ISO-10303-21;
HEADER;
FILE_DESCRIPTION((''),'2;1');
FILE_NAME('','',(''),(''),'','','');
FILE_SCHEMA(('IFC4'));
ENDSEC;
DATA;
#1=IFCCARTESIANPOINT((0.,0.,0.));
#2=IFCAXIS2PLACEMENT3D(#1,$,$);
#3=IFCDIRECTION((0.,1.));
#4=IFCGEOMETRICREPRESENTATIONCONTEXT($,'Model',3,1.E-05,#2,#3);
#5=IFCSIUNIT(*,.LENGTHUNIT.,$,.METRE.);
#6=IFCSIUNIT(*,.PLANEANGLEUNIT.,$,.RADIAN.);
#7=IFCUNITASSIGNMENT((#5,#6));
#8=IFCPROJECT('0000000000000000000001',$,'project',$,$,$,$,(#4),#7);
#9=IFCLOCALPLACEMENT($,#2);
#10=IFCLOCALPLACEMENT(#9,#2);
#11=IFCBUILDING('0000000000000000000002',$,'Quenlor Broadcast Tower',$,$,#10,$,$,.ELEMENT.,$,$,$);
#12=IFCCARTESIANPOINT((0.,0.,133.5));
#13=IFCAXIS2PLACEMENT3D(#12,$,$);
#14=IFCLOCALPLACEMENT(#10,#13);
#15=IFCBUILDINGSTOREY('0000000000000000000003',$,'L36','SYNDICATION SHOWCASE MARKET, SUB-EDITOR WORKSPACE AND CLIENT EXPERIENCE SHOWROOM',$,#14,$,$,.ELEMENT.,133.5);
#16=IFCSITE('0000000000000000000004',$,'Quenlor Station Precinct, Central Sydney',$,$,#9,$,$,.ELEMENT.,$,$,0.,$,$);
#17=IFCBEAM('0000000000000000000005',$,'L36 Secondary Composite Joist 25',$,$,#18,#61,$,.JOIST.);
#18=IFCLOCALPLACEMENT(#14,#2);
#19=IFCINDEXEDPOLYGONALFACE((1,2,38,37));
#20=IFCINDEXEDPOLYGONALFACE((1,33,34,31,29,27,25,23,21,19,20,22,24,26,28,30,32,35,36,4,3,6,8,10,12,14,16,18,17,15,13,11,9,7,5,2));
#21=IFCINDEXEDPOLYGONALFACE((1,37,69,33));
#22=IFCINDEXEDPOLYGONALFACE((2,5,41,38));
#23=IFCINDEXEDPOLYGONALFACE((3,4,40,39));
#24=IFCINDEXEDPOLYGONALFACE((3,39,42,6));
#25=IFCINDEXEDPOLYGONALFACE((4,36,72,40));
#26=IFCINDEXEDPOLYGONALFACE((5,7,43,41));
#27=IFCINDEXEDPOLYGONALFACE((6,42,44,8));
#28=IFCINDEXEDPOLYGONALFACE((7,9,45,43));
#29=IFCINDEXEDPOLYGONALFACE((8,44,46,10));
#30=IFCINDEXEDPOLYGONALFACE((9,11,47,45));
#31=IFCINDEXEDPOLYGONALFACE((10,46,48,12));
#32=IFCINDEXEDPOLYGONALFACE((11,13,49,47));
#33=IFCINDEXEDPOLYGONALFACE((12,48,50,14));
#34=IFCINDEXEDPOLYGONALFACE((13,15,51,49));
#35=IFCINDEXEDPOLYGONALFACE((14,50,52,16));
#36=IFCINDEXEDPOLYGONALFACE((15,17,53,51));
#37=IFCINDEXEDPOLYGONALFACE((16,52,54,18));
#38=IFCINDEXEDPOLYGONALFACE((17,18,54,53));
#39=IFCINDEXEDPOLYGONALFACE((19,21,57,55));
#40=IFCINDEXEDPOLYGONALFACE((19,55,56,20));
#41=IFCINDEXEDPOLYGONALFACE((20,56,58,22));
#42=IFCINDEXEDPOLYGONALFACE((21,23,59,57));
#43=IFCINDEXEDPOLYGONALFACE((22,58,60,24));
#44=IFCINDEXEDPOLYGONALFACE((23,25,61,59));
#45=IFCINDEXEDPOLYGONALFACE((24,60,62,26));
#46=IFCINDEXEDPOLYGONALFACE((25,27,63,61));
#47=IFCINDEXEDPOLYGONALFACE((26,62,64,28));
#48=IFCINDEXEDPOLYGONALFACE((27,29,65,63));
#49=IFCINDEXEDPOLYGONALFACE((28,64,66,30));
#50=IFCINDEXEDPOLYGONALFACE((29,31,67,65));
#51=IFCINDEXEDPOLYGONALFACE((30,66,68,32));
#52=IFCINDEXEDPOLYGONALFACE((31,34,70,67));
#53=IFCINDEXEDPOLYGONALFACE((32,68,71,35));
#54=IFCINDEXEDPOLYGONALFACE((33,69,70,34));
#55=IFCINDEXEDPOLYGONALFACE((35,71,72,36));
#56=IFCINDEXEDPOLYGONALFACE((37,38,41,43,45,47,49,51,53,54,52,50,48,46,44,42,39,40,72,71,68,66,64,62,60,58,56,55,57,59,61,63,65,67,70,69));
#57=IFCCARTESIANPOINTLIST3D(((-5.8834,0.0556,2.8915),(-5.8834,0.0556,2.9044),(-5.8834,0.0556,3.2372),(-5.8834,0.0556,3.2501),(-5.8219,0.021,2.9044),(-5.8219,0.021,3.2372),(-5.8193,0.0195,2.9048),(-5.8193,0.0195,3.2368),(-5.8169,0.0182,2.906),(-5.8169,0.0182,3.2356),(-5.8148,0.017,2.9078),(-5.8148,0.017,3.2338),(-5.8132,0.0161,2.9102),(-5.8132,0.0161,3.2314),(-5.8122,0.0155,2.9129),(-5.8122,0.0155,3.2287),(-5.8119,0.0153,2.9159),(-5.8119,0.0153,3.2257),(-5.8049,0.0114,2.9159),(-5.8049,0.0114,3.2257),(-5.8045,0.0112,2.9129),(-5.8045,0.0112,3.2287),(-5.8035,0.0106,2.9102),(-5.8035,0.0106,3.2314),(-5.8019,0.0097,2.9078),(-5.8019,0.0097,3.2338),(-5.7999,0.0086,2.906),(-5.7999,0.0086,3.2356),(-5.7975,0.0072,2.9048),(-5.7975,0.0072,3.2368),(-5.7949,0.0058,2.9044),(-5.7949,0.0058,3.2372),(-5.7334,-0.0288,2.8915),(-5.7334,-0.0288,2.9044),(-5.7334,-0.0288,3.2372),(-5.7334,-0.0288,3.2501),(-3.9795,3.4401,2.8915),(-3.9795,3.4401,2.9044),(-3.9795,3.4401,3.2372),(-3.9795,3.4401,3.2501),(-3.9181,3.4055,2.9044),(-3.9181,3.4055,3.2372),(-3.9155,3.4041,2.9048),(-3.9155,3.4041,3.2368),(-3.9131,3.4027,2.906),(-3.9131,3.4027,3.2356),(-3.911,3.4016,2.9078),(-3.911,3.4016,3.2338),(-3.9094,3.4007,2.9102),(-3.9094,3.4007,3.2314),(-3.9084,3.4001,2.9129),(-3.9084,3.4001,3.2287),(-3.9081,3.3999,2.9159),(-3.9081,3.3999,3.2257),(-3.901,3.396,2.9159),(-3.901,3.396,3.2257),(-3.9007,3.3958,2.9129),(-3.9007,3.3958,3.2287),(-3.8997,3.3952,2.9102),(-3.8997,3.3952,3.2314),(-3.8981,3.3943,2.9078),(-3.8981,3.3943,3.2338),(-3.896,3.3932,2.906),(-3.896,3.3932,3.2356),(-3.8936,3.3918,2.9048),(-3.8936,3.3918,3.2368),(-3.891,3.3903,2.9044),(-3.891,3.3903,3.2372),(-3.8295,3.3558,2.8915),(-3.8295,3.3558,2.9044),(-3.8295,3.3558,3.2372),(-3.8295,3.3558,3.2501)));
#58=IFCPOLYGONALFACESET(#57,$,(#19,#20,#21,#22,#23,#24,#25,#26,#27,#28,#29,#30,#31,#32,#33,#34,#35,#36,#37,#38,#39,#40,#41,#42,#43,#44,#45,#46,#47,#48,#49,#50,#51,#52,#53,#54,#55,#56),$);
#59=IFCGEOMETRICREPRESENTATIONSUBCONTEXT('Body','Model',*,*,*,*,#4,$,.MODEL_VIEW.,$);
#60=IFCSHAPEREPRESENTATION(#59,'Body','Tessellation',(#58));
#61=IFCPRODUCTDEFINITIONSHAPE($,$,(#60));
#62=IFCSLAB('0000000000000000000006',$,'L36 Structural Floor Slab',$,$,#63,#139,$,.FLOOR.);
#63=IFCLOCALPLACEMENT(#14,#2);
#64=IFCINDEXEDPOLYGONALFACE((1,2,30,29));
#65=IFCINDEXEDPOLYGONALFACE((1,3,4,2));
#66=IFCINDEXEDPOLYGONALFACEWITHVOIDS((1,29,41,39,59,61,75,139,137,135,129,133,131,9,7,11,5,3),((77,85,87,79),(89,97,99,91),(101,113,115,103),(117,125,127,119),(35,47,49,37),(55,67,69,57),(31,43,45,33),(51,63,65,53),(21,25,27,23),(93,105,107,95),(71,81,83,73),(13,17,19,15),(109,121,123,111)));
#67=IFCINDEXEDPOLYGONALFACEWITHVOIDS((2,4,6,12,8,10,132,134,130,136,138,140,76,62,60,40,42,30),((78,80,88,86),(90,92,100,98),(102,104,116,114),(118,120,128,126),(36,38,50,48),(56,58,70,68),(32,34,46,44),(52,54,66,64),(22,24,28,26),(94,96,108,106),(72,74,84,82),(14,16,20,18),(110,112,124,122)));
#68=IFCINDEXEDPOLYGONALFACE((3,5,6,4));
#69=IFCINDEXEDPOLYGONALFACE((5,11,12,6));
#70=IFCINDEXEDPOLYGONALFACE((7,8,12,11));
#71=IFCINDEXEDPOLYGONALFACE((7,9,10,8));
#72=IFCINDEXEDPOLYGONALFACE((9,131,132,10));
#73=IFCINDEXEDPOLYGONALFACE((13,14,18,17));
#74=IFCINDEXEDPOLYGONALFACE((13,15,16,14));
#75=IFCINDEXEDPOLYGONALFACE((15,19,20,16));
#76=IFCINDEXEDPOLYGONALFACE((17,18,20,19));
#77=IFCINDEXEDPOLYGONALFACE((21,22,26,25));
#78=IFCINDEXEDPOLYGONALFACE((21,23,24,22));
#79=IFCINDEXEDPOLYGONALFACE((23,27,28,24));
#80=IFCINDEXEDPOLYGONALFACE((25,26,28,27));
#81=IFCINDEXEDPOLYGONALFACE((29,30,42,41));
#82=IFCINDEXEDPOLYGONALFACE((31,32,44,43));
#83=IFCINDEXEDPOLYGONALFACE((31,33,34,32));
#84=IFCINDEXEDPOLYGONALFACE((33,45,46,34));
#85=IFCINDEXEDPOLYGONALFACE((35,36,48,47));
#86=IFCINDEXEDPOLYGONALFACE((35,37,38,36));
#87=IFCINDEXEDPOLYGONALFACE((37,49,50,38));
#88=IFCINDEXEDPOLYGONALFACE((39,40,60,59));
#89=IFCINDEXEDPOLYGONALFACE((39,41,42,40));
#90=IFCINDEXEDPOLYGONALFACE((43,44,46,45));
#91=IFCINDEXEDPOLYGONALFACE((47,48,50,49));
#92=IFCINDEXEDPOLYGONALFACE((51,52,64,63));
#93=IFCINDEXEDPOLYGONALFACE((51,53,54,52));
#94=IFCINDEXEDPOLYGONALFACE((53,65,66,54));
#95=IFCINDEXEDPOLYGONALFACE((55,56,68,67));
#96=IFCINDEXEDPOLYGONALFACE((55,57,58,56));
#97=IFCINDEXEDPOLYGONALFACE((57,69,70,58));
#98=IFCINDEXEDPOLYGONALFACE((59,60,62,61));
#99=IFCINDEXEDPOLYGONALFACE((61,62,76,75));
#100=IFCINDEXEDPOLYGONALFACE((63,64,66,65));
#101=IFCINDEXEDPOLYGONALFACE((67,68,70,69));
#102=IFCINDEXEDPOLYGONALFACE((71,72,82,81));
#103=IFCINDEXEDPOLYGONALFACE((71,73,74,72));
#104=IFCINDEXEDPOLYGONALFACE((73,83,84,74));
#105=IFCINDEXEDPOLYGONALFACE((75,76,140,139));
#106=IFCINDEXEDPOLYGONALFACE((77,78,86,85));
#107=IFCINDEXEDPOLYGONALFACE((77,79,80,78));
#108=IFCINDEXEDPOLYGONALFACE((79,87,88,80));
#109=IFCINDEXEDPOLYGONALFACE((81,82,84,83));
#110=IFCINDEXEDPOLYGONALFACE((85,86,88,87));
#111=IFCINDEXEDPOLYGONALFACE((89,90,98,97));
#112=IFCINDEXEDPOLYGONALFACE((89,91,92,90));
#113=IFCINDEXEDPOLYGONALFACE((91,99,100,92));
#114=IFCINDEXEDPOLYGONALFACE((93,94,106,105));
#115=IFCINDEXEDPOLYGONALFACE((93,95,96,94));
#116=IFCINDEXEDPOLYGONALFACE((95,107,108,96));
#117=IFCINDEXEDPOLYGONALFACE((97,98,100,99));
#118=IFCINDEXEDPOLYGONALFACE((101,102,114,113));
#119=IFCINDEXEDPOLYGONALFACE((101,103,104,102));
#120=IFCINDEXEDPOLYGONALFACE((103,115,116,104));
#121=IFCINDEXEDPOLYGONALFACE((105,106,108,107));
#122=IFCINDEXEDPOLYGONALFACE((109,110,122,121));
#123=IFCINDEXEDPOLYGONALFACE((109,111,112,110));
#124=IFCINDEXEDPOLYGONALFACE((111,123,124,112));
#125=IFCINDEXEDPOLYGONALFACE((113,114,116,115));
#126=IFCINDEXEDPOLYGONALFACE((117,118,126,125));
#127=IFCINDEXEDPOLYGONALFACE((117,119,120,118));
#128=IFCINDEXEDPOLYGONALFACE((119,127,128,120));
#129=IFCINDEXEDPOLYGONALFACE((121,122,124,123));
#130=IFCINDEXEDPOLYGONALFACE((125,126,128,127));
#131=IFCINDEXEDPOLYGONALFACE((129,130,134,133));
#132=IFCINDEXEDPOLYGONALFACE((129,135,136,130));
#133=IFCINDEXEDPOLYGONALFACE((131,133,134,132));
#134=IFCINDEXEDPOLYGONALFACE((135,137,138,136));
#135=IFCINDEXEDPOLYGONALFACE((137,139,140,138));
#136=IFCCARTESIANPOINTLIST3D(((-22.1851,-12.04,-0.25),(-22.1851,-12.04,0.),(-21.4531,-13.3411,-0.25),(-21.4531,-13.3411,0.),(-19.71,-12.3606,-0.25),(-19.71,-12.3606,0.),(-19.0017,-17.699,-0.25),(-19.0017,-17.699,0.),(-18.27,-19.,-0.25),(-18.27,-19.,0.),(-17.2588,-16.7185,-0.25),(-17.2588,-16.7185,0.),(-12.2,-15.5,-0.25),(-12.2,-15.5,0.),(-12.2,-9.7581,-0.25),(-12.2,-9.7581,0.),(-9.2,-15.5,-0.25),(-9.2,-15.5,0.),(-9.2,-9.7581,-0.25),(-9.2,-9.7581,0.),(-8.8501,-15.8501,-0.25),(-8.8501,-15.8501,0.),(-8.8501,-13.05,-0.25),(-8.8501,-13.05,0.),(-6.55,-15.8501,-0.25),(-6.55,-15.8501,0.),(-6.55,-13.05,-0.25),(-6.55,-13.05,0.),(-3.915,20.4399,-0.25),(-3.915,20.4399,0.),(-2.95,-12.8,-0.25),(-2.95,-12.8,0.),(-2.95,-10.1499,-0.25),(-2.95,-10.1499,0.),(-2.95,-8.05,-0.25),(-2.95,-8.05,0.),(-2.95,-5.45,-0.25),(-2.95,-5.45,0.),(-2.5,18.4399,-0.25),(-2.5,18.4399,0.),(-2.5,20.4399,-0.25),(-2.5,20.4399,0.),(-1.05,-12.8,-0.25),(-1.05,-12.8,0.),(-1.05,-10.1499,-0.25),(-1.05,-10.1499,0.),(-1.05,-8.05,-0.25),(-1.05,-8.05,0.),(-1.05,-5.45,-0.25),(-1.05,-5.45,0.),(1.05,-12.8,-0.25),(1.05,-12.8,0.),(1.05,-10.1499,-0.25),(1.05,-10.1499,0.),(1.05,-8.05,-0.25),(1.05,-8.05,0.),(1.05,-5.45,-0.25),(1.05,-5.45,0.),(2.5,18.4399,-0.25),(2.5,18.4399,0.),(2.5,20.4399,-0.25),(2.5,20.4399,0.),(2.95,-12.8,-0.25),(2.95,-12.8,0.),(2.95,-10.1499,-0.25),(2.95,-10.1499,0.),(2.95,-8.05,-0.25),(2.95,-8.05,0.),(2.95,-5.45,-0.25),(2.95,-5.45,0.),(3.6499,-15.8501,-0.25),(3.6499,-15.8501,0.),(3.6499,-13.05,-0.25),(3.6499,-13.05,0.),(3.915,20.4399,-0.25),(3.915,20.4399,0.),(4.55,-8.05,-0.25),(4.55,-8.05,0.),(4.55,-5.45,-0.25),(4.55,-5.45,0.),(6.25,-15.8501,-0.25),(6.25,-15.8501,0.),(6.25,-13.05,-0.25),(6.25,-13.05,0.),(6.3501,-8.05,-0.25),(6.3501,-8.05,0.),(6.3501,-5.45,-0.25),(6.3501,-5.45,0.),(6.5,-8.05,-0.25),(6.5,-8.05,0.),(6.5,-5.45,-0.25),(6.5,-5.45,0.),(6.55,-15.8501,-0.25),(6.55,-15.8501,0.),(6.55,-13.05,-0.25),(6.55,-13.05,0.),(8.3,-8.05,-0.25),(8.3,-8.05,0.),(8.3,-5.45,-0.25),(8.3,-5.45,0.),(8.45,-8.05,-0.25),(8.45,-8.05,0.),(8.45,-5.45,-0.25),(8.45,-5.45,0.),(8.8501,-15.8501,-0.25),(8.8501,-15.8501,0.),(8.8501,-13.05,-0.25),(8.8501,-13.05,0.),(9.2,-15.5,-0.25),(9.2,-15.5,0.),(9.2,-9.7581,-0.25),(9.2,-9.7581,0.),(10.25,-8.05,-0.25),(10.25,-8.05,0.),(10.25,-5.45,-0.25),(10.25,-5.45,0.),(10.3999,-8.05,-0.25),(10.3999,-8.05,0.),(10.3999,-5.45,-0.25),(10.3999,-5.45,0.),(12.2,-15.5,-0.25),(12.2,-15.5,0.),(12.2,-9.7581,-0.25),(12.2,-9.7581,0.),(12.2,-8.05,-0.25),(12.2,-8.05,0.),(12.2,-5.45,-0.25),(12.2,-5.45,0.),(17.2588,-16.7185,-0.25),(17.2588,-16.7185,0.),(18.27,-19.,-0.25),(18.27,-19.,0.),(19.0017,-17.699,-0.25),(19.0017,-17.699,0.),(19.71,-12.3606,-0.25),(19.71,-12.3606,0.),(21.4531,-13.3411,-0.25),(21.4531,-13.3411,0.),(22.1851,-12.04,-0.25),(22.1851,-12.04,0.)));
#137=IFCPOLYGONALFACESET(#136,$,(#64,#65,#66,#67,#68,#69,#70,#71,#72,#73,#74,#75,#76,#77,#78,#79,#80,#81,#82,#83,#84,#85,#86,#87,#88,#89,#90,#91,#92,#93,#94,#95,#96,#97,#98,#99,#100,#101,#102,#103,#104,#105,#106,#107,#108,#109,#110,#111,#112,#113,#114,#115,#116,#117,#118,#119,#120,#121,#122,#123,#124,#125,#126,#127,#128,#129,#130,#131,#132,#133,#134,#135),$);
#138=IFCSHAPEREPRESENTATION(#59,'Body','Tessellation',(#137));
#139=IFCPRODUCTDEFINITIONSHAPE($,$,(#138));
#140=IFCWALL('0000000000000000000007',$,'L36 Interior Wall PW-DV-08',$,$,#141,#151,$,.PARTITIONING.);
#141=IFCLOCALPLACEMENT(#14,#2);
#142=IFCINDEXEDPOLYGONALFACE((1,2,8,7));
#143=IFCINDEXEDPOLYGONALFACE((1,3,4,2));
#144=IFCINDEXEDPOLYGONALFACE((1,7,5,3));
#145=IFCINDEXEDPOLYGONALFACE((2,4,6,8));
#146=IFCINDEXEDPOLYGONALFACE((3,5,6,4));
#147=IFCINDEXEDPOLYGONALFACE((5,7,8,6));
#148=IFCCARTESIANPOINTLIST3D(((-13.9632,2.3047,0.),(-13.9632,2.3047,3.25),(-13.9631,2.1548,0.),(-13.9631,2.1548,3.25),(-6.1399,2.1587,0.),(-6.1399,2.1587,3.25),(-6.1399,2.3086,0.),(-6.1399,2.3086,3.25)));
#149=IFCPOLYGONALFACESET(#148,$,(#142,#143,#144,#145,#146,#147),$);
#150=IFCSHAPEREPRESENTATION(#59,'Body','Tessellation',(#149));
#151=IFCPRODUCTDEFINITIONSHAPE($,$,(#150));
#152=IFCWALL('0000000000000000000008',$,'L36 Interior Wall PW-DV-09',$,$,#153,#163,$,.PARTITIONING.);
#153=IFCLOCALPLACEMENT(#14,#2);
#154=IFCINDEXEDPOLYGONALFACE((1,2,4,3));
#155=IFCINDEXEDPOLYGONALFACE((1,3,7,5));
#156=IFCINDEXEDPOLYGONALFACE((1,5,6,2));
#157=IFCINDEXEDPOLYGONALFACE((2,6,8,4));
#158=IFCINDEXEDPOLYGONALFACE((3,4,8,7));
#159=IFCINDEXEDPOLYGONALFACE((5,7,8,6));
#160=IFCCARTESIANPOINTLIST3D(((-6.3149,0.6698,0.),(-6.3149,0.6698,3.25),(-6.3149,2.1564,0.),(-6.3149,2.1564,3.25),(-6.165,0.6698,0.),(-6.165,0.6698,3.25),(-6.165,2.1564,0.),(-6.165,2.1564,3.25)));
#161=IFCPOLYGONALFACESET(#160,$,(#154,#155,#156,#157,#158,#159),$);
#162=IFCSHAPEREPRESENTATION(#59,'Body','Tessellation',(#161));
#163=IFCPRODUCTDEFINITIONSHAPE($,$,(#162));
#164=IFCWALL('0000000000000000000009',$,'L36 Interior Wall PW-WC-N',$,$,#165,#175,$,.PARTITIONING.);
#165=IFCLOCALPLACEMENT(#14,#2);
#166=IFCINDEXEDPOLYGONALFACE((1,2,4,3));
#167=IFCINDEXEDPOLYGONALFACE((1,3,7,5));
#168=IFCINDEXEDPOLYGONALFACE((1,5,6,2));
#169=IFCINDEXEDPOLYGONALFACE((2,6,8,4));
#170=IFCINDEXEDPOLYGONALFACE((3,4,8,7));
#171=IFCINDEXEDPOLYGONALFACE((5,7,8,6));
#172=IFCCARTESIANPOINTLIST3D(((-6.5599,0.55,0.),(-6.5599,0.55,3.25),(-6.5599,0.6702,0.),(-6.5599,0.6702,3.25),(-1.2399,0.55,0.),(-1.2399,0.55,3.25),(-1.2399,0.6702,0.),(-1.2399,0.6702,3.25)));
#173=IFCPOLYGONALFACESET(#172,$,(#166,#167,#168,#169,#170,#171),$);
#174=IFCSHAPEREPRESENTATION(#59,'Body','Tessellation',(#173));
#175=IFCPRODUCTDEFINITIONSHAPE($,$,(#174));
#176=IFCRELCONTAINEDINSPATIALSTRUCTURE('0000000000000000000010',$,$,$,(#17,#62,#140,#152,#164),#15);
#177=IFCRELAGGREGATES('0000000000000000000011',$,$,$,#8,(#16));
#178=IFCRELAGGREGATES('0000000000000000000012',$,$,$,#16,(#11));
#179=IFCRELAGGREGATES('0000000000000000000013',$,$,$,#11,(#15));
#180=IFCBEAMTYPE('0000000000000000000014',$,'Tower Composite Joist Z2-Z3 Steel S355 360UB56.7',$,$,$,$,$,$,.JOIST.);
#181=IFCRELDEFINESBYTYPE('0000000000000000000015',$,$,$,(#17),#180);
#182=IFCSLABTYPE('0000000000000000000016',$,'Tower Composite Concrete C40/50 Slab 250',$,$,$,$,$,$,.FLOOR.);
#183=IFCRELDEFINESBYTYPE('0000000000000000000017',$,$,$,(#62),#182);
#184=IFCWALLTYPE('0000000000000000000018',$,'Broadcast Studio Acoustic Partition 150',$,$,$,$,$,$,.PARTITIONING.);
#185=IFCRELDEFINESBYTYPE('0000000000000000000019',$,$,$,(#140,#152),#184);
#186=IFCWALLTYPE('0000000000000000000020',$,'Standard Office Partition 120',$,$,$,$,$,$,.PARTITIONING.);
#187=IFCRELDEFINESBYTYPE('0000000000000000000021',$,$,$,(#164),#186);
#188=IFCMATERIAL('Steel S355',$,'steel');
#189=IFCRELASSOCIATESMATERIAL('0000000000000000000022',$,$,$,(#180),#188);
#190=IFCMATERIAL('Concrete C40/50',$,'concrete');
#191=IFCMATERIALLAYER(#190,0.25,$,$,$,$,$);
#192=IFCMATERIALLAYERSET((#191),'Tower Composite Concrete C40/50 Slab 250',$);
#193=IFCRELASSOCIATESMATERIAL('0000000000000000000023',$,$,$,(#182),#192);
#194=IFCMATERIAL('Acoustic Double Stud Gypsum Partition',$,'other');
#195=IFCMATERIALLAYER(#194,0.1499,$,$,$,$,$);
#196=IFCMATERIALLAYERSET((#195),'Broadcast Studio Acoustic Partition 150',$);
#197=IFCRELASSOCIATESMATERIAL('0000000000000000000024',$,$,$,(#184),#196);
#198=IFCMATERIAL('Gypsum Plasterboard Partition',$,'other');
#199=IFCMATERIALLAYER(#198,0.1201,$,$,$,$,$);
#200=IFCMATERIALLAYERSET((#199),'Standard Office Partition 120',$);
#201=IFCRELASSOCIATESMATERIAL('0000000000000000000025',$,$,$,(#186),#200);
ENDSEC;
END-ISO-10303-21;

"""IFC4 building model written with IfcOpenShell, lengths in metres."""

from ifc_helpers import new_model, si_unit, direction, frame, frame_2d, origin, origin_2d, place, context, subcontext, project, spatial, polyline, rectangle, i_section, outline, extrude, material, layer, layer_set, material_profile, profile_set, type_object, element, save


model = new_model("IFC4")

# Units and contexts
model_context = context("Model", 3, precision=1e-05, world=origin(), true_north=direction((0.0, 1.0)))
body_context = subcontext(model_context, "Body", "Model", "MODEL_VIEW")
ifc_project = project(units=[si_unit("LENGTHUNIT", "METRE"), si_unit("PLANEANGLEUNIT", "RADIAN")], contexts=[model_context])

# Site, building, storey
site_placement = place(None, origin())
site = spatial("IfcSite", under=ifc_project, at=site_placement, Name="Quenlor Station Precinct, Central Sydney", CompositionType="ELEMENT", RefElevation=0.0)
building_placement = place(site_placement, origin())
building = spatial("IfcBuilding", under=site, at=building_placement, Name="Quenlor Broadcast Tower", CompositionType="ELEMENT")
storey_placement = place(building_placement, frame((0.0, 0.0, 133.5)))
storey = spatial("IfcBuildingStorey", under=building, at=storey_placement, Name="L36", Description="SYNDICATION SHOWCASE MARKET, SUB-EDITOR WORKSPACE AND CLIENT EXPERIENCE SHOWROOM", CompositionType="ELEMENT", Elevation=133.5)

# Beam
ifc_material_1 = material(Name="Steel S355", Category="steel")
ifc_material_profile = material_profile(ifc_material_1, i_section(OverallWidth=0.1721, OverallDepth=0.3586, WebThickness=0.0081, FlangeThickness=0.0129, FilletRadius=0.0115, at=origin_2d()))
ifc_profile_set = profile_set([ifc_material_profile], Name="Steel S355 360UB56.7")
beam_type = type_object("IfcBeamType", Name="Tower Composite Joist Z2-Z3 Steel S355 360UB56.7", PredefinedType="JOIST", material=ifc_profile_set)
beam_1_placement = place(storey_placement, frame((-3.9045, 3.3979, 3.0708), z_axis=(-0.490264, -0.871574, 0.0), x_axis=(0.871574, -0.490264, 0.0)))
element("IfcBeam", 1, at=beam_1_placement, inside=storey, type_object=beam_type, Name="L36 Secondary Composite Joist 25", PredefinedType="JOIST", context=body_context, shape_type="SweptSolid", body=[
    extrude(i_section(OverallWidth=0.1721, OverallDepth=0.3586, WebThickness=0.0081, FlangeThickness=0.0129, FilletRadius=0.0115, at=origin_2d()), origin(), (0.0, 0.0, 1.0), 3.8833),
])

# Slab
ifc_material_2 = material(Name="Concrete C40/50", Category="concrete")
ifc_layer_1 = layer(ifc_material_2, 0.25)
ifc_layer_set_1 = layer_set([ifc_layer_1], Name="Tower Composite Concrete C40/50 Slab 250")
slab_type = type_object("IfcSlabType", Name="Tower Composite Concrete C40/50 Slab 250", PredefinedType="FLOOR", material=ifc_layer_set_1)
slab_placement = place(storey_placement, frame((0.0, 0.0, -0.25)))
element("IfcSlab", 2, at=slab_placement, inside=storey, type_object=slab_type, Name="L36 Structural Floor Slab", PredefinedType="FLOOR", context=body_context, shape_type="SweptSolid", body=[
    extrude(outline(polyline([(18.27, -19.0), (19.0017, -17.699), (17.2588, -16.7185), (19.71, -12.3606), (21.4531, -13.3411), (22.1851, -12.04), (3.915, 20.4399), (2.5, 20.4399), (2.5, 18.4399), (-2.5, 18.4399), (-2.5, 20.4399), (-3.915, 20.4399), (-22.1851, -12.04), (-21.4531, -13.3411), (-19.71, -12.3606), (-17.2588, -16.7185), (-19.0017, -17.699), (-18.27, -19.0), (18.27, -19.0)]), holes=[polyline([(-12.2, -9.7581), (-12.2, -15.5), (-9.2, -15.5), (-9.2, -9.7581), (-12.2, -9.7581)]), polyline([(9.2, -9.7581), (9.2, -15.5), (12.2, -15.5), (12.2, -9.7581), (9.2, -9.7581)]), polyline([(-2.95, -8.05), (-1.05, -8.05), (-1.05, -5.45), (-2.95, -5.45), (-2.95, -8.05)]), polyline([(1.05, -8.05), (2.95, -8.05), (2.95, -5.45), (1.05, -5.45), (1.05, -8.05)]), polyline([(-2.95, -12.8), (-1.05, -12.8), (-1.05, -10.1499), (-2.95, -10.1499), (-2.95, -12.8)]), polyline([(1.05, -12.8), (2.95, -12.8), (2.95, -10.1499), (1.05, -10.1499), (1.05, -12.8)]), polyline([(4.55, -8.05), (6.3501, -8.05), (6.3501, -5.45), (4.55, -5.45), (4.55, -8.05)]), polyline([(6.5, -8.05), (8.3, -8.05), (8.3, -5.45), (6.5, -5.45), (6.5, -8.05)]), polyline([(8.45, -8.05), (10.25, -8.05), (10.25, -5.45), (8.45, -5.45), (8.45, -8.05)]), polyline([(10.3999, -8.05), (12.2, -8.05), (12.2, -5.45), (10.3999, -5.45), (10.3999, -8.05)]), polyline([(-8.8501, -15.8501), (-6.55, -15.8501), (-6.55, -13.05), (-8.8501, -13.05), (-8.8501, -15.8501)]), polyline([(6.55, -15.8501), (8.8501, -15.8501), (8.8501, -13.05), (6.55, -13.05), (6.55, -15.8501)]), polyline([(3.6499, -15.8501), (6.25, -15.8501), (6.25, -13.05), (3.6499, -13.05), (3.6499, -15.8501)])]), origin(), (0.0, 0.0, 1.0), 0.25),
])

# Walls
ifc_material_3 = material(Name="Acoustic Double Stud Gypsum Partition", Category="other")
ifc_layer_2 = layer(ifc_material_3, 0.1499)
ifc_layer_set_2 = layer_set([ifc_layer_2], Name="Broadcast Studio Acoustic Partition 150")
wall_type_1 = type_object("IfcWallType", Name="Broadcast Studio Acoustic Partition 150", PredefinedType="PARTITIONING", material=ifc_layer_set_2)
wall_1_placement = place(storey_placement, frame((-6.1399, 2.2336, 0.0), z_axis=(0.0, 0.0, 1.0), x_axis=(-1.0, -0.000499, 0.0)))
element("IfcWall", 3, at=wall_1_placement, inside=storey, type_object=wall_type_1, Name="L36 Interior Wall PW-DV-08", PredefinedType="PARTITIONING", context=body_context, shape_type="SweptSolid", body=[
    extrude(rectangle(XDim=7.8232, YDim=0.1499, at=frame_2d((3.9116, 0.0))), origin(), (0.0, 0.0, 1.0), 3.25),
])
wall_2_placement = place(storey_placement, frame((-6.24, 0.6699, 0.0), z_axis=(0.0, 0.0, 1.0), x_axis=(0.0, 1.0, 0.0)))
element("IfcWall", 4, at=wall_2_placement, inside=storey, type_object=wall_type_1, Name="L36 Interior Wall PW-DV-09", PredefinedType="PARTITIONING", context=body_context, shape_type="SweptSolid", body=[
    extrude(rectangle(XDim=1.4866, YDim=0.1499, at=frame_2d((0.7432, 0.0))), origin(), (0.0, 0.0, 1.0), 3.25),
])

# Shared definitions
ifc_material_4 = material(Name="Gypsum Plasterboard Partition", Category="other")
ifc_layer_3 = layer(ifc_material_4, 0.1201)
ifc_layer_set_3 = layer_set([ifc_layer_3], Name="Standard Office Partition 120")
wall_type_2 = type_object("IfcWallType", Name="Standard Office Partition 120", PredefinedType="PARTITIONING", material=ifc_layer_set_3)

# Wall
wall_3_placement = place(storey_placement, frame((-6.5601, 0.6101, 0.0), z_axis=(0.0, 0.0, 1.0), x_axis=(1.0, 0.0, 0.0)))
element("IfcWall", 5, at=wall_3_placement, inside=storey, type_object=wall_type_2, Name="L36 Interior Wall PW-WC-N", PredefinedType="PARTITIONING", context=body_context, shape_type="SweptSolid", body=[
    extrude(rectangle(XDim=5.3201, YDim=0.1201, at=frame_2d((2.6602, 0.0))), origin(), (0.0, 0.0, 1.0), 3.25),
])

save(model, "model.ifc")
